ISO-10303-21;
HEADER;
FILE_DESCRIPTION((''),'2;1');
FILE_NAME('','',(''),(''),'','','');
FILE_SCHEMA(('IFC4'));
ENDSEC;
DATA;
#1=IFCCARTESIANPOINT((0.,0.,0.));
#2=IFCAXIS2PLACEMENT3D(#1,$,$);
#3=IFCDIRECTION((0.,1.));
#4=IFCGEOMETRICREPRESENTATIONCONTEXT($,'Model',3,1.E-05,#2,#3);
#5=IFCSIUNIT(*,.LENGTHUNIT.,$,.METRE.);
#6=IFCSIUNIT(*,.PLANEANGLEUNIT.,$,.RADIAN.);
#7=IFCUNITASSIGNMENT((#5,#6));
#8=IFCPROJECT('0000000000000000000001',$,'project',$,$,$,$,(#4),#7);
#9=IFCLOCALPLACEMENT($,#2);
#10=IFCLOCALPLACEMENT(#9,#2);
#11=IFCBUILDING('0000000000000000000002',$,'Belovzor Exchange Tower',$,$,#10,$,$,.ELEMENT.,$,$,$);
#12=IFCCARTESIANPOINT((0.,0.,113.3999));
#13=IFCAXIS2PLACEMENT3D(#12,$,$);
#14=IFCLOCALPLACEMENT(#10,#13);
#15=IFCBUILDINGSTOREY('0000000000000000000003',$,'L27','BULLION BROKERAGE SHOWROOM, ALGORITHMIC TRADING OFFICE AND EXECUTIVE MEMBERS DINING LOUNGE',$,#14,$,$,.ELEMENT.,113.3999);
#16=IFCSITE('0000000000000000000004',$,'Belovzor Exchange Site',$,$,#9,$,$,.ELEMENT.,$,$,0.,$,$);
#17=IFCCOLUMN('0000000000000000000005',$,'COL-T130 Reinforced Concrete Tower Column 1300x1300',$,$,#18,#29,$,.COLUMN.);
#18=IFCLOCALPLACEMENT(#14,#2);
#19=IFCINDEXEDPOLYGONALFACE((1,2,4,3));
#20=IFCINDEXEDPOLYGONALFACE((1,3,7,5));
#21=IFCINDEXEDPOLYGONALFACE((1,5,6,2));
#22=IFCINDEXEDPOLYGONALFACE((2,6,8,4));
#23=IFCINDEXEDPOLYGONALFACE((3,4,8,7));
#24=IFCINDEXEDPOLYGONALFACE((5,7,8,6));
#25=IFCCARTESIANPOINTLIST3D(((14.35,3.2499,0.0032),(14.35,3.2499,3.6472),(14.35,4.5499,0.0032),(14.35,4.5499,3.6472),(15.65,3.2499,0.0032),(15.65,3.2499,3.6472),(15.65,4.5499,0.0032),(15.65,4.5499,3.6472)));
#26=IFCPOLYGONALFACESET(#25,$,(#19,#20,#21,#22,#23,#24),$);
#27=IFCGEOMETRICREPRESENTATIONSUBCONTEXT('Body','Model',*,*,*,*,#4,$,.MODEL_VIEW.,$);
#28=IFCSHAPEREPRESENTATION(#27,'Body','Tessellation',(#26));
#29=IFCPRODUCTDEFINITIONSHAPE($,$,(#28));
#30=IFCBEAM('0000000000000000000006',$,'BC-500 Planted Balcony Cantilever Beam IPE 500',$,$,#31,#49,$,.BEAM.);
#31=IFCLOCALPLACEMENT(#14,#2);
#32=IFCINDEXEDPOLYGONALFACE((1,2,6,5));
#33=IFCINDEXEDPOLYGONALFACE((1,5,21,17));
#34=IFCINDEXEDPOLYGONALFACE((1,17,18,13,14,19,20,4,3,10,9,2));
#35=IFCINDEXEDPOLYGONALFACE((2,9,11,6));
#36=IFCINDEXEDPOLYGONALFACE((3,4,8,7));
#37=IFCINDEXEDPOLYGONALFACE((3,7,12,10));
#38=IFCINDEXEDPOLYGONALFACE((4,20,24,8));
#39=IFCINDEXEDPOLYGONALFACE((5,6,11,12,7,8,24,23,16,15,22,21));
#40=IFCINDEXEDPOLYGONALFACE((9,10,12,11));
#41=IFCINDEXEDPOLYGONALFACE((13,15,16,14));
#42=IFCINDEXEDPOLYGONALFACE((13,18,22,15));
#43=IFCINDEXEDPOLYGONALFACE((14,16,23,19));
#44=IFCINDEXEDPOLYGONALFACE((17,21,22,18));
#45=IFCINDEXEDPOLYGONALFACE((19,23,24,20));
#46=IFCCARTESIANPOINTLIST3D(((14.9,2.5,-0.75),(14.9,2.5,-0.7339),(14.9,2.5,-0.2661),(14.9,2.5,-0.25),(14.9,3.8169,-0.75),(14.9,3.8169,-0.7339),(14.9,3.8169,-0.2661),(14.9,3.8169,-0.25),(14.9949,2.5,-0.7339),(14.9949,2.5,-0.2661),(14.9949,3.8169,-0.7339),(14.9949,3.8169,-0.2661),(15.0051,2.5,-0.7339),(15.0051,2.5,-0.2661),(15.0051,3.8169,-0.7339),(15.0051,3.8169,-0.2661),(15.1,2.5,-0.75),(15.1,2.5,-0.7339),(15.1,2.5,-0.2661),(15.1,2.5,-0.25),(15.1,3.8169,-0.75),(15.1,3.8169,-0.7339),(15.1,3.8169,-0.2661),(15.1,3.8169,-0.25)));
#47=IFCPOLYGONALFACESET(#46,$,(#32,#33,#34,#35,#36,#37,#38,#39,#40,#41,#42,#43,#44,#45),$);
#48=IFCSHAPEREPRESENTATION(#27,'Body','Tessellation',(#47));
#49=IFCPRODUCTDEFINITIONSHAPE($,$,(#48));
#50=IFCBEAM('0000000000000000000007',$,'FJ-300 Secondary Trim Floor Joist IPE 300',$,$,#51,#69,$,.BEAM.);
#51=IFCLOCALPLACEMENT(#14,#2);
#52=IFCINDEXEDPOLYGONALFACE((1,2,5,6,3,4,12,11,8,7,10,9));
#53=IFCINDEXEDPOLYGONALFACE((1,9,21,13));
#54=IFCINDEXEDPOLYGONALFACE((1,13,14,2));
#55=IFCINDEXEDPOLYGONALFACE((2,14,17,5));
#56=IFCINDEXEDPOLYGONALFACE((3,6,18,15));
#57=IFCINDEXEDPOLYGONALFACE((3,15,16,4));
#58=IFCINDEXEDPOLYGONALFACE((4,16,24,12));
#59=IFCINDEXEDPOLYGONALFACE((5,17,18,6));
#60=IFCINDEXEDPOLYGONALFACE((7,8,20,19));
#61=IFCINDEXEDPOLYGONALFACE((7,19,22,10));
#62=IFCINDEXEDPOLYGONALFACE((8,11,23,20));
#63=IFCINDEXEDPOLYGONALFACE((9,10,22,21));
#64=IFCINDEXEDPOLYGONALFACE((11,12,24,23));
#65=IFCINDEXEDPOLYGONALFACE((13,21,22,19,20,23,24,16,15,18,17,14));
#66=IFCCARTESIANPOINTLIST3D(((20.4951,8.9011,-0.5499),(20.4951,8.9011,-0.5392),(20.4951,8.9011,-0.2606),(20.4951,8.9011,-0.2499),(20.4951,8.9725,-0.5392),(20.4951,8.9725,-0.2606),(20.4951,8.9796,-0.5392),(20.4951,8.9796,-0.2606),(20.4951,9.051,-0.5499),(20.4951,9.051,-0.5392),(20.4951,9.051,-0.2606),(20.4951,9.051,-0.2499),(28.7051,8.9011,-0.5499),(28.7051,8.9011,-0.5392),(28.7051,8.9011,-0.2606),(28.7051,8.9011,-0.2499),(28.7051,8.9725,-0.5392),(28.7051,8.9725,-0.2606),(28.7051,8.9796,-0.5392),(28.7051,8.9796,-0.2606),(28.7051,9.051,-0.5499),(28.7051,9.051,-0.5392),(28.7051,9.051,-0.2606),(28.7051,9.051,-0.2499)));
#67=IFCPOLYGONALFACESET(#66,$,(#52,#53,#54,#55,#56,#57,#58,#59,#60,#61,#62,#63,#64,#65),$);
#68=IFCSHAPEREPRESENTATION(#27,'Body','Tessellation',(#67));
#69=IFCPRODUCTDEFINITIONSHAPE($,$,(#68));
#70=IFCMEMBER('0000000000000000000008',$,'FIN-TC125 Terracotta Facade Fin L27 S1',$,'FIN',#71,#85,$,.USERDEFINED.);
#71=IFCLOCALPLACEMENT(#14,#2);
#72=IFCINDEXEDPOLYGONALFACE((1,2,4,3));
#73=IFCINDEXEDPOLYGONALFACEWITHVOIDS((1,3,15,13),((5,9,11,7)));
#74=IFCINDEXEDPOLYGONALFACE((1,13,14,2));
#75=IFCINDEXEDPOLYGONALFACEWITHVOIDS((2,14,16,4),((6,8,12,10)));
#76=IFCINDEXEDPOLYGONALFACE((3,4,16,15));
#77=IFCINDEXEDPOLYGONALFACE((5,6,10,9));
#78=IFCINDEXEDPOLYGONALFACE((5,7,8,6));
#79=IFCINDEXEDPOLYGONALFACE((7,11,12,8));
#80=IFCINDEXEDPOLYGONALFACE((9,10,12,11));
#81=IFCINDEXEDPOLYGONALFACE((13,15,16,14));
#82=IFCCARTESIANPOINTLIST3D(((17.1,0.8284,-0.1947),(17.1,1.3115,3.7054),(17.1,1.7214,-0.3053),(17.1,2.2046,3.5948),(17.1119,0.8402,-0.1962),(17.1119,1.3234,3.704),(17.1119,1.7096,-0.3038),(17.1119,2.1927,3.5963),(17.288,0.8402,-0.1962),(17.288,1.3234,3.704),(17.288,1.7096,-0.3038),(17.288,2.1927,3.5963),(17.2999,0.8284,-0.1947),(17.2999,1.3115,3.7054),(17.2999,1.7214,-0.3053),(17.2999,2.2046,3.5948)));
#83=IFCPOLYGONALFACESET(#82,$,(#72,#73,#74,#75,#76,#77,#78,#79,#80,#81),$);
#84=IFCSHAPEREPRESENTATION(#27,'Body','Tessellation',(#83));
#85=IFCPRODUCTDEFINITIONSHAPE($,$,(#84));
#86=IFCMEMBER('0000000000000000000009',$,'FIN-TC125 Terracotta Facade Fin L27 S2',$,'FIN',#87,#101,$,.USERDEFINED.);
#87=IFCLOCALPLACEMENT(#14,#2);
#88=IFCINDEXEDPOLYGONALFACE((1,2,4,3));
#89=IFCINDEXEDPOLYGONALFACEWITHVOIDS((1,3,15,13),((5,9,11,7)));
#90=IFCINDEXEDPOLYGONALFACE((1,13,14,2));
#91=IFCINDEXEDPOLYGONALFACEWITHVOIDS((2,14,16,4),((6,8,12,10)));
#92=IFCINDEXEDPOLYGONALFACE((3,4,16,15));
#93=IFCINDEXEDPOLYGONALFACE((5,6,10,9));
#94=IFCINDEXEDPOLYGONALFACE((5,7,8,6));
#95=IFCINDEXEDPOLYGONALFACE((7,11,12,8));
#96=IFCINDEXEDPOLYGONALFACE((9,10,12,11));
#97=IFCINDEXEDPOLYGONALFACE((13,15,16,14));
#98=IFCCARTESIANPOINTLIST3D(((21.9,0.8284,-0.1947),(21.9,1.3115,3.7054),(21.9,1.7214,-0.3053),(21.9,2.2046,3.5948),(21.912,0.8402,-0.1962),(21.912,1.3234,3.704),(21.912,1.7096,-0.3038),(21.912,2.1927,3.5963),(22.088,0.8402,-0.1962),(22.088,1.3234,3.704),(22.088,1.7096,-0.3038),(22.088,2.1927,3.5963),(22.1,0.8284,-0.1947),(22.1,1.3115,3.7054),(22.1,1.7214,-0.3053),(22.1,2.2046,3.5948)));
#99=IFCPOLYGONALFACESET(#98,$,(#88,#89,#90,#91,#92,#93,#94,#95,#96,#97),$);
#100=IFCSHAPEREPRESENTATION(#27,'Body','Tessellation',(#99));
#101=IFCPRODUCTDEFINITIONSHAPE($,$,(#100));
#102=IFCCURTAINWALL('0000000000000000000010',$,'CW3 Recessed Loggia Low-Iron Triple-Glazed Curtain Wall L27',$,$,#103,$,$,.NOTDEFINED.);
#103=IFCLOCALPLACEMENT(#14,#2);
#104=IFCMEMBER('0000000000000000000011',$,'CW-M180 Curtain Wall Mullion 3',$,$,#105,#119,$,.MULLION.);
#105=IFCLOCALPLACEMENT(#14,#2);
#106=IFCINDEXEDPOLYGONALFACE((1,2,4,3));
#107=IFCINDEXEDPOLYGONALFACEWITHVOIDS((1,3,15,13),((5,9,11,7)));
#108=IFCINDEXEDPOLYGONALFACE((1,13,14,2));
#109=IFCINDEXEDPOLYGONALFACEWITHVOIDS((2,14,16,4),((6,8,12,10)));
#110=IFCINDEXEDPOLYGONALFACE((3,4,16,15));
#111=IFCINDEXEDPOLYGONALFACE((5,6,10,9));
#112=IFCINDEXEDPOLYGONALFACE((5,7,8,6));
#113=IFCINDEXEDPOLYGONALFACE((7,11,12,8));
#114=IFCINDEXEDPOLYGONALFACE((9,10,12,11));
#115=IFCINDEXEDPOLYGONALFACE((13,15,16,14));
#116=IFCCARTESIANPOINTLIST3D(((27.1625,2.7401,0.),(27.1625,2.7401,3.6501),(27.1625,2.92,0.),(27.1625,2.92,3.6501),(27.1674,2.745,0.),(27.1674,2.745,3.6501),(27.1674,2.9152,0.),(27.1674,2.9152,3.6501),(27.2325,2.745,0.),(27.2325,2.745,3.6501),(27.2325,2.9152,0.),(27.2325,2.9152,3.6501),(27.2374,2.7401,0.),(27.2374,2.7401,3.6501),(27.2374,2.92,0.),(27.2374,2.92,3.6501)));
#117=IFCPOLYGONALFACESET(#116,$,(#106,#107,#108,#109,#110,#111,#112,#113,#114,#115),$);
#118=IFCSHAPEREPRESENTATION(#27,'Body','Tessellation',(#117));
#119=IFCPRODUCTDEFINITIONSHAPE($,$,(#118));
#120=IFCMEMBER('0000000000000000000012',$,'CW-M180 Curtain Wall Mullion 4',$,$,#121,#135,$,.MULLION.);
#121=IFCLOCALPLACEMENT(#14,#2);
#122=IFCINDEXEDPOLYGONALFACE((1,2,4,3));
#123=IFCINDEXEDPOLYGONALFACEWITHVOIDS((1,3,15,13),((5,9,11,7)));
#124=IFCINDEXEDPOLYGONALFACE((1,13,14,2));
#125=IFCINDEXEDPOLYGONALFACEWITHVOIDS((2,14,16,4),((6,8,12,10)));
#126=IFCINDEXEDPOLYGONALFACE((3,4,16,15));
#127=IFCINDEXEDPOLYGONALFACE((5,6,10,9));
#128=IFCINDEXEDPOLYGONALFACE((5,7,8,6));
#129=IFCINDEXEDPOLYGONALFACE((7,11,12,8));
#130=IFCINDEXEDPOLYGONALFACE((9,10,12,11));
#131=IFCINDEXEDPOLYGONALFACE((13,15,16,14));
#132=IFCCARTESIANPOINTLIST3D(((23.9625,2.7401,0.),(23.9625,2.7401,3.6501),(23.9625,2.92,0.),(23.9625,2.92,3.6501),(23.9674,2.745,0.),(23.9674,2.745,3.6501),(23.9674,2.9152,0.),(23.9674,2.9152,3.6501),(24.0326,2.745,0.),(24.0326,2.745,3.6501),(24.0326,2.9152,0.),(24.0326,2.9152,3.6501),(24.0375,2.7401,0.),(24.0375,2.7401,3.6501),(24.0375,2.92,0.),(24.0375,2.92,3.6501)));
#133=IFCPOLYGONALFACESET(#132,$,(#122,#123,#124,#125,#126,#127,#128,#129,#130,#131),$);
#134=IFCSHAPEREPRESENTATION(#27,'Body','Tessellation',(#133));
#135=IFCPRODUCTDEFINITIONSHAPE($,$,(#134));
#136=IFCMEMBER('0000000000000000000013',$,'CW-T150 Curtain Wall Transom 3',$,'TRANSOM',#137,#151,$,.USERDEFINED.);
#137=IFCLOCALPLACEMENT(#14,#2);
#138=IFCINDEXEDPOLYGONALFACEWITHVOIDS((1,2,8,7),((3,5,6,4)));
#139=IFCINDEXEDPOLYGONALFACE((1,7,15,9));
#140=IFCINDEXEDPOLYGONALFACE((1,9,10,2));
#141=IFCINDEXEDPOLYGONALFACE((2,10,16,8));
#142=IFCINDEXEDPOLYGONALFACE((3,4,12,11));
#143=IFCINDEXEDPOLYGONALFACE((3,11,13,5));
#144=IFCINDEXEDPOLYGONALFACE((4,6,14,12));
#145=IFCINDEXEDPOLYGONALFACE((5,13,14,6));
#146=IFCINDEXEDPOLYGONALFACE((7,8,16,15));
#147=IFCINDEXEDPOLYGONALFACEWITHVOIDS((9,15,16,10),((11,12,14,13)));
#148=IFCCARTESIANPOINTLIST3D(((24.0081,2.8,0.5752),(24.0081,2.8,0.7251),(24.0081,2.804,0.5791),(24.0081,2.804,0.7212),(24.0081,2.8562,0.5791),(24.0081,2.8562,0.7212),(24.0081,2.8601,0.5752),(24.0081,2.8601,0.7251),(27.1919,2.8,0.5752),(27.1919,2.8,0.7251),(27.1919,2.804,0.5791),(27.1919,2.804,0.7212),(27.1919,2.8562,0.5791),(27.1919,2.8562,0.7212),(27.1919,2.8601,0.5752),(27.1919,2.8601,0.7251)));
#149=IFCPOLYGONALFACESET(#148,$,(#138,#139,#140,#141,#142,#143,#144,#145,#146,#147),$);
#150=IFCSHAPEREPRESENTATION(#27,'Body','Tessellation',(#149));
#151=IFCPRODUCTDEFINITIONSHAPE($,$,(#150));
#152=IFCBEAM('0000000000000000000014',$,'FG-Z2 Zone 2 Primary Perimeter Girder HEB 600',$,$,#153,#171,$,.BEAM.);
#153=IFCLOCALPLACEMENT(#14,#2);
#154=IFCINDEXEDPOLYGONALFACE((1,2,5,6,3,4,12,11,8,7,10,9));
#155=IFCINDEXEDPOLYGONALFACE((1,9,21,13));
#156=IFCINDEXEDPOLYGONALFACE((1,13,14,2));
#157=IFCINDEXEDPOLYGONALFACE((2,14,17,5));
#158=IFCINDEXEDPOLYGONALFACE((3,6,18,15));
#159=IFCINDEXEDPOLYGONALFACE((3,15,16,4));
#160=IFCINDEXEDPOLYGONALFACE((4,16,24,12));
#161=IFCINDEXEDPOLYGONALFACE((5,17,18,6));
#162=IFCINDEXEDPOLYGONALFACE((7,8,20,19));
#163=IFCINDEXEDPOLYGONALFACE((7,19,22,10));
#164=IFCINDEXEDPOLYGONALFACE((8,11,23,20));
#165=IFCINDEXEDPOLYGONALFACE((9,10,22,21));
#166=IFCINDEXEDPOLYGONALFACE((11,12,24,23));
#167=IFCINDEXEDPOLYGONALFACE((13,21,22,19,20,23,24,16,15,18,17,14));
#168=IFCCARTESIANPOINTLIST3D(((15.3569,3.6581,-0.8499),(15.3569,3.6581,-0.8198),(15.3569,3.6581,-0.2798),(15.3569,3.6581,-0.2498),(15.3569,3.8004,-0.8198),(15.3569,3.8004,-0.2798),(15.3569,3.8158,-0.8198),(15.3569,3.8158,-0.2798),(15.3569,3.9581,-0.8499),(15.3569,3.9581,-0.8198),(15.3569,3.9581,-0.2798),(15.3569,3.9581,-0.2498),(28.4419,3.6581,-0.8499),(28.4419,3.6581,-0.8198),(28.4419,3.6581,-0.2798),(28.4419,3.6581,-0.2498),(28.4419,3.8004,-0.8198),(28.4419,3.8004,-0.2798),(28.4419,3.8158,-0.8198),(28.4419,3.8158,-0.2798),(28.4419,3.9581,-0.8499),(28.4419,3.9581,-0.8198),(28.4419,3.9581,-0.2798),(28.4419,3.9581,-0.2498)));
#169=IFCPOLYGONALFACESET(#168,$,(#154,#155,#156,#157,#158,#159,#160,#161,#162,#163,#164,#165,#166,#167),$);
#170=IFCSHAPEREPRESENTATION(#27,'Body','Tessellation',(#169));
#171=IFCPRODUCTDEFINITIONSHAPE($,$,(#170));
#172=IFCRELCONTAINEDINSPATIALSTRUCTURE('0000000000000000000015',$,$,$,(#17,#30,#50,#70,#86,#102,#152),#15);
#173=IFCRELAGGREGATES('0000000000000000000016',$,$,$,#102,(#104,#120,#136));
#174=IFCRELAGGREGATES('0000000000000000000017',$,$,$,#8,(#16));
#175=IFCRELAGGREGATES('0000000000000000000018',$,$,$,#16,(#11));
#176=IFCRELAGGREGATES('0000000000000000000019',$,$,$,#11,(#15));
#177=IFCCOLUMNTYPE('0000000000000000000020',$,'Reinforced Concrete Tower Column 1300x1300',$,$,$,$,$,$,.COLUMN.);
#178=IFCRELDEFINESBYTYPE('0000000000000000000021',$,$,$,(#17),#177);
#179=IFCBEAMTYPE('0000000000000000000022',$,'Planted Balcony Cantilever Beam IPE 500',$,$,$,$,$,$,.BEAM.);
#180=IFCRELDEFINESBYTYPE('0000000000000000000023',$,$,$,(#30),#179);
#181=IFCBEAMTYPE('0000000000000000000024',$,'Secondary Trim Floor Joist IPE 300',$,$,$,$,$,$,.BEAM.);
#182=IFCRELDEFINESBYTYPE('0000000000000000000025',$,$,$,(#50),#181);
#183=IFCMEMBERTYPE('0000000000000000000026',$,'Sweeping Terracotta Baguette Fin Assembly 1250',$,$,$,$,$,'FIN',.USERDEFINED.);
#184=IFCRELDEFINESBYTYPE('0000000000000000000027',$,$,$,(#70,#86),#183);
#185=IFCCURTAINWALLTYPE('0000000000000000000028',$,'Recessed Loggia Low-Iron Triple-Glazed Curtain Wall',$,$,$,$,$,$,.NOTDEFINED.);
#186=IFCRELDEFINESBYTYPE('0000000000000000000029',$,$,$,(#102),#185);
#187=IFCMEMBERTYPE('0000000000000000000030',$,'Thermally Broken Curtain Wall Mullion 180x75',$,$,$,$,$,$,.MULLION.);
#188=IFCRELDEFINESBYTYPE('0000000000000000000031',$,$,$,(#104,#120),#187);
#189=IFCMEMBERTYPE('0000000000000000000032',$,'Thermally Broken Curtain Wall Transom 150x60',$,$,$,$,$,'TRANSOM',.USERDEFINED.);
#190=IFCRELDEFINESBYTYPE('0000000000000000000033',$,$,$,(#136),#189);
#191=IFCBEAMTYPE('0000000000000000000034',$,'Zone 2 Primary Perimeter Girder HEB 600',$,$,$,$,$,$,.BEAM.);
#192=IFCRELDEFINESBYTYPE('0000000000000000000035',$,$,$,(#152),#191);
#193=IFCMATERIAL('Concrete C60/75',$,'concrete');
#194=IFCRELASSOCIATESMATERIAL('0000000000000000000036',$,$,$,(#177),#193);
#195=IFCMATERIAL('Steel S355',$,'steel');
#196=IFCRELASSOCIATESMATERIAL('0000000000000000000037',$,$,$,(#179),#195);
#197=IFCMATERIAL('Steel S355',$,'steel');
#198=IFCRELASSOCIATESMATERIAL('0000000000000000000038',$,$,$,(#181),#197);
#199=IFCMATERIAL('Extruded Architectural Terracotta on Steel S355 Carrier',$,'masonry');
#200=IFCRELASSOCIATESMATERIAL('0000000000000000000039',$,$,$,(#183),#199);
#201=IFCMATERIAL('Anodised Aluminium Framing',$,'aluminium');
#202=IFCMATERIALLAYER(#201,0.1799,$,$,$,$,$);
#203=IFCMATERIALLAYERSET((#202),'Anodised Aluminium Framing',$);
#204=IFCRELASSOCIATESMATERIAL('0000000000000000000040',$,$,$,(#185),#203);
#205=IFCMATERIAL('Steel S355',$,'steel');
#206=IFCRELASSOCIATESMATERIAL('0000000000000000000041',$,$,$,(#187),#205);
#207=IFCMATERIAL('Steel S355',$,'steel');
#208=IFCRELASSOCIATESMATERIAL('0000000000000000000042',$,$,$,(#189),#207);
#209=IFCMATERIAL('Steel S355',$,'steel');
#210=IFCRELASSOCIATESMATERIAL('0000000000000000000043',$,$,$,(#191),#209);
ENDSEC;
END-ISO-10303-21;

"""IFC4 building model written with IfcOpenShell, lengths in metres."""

from ifc_helpers import new_model, si_unit, direction, frame, origin, origin_2d, place, context, subcontext, project, spatial, rectangle, hollow_rectangle, i_section, extrude, material, layer, layer_set, material_profile, profile_set, type_object, element, aggregate, save


model = new_model("IFC4")

# Units and contexts
model_context = context("Model", 3, precision=1e-05, world=origin(), true_north=direction((0.0, 1.0)))
body_context = subcontext(model_context, "Body", "Model", "MODEL_VIEW")
ifc_project = project(units=[si_unit("LENGTHUNIT", "METRE"), si_unit("PLANEANGLEUNIT", "RADIAN")], contexts=[model_context])

# Site, building, storey
site_placement = place(None, origin())
site = spatial("IfcSite", under=ifc_project, at=site_placement, Name="Belovzor Exchange Site", CompositionType="ELEMENT", RefElevation=0.0)
building_placement = place(site_placement, origin())
building = spatial("IfcBuilding", under=site, at=building_placement, Name="Belovzor Exchange Tower", CompositionType="ELEMENT")
storey_placement = place(building_placement, frame((0.0, 0.0, 113.3999)))
storey = spatial("IfcBuildingStorey", under=building, at=storey_placement, Name="L27", Description="BULLION BROKERAGE SHOWROOM, ALGORITHMIC TRADING OFFICE AND EXECUTIVE MEMBERS DINING LOUNGE", CompositionType="ELEMENT", Elevation=113.3999)

# Column
ifc_material_1 = material(Name="Concrete C60/75", Category="concrete")
ifc_material_profile_1 = material_profile(ifc_material_1, rectangle(XDim=1.3, YDim=1.3, at=origin_2d()))
ifc_profile_set_1 = profile_set([ifc_material_profile_1], Name="Concrete C60/75")
column_type = type_object("IfcColumnType", Name="Reinforced Concrete Tower Column 1300x1300", PredefinedType="COLUMN", material=ifc_profile_set_1)
column_placement = place(storey_placement, frame((15.0, 3.8999, 0.0032), z_axis=(0.0, 0.0, 1.0), x_axis=(1.0, 0.0, 0.0)))
element("IfcColumn", 1, at=column_placement, inside=storey, type_object=column_type, Name="COL-T130 Reinforced Concrete Tower Column 1300x1300", PredefinedType="COLUMN", context=body_context, shape_type="SweptSolid", body=[
    extrude(rectangle(XDim=1.3, YDim=1.3, at=origin_2d()), origin(), (0.0, 0.0, 1.0), 3.644),
])

# Beams
ifc_material_2 = material(Name="Steel S355", Category="steel")
ifc_material_profile_2 = material_profile(ifc_material_2, i_section(OverallWidth=0.2, OverallDepth=0.5, WebThickness=0.0103, FlangeThickness=0.0161, at=origin_2d()))
ifc_profile_set_2 = profile_set([ifc_material_profile_2], Name="Steel S355")
beam_type_1 = type_object("IfcBeamType", Name="Planted Balcony Cantilever Beam IPE 500", PredefinedType="BEAM", material=ifc_profile_set_2)
beam_1_placement = place(storey_placement, frame((15.0, 3.8169, -0.5), z_axis=(0.0, -1.0, 0.0), x_axis=(1.0, 0.0, 0.0)))
element("IfcBeam", 2, at=beam_1_placement, inside=storey, type_object=beam_type_1, Name="BC-500 Planted Balcony Cantilever Beam IPE 500", PredefinedType="BEAM", context=body_context, shape_type="SweptSolid", body=[
    extrude(i_section(OverallWidth=0.2, OverallDepth=0.5, WebThickness=0.0103, FlangeThickness=0.0161, at=origin_2d()), origin(), (0.0, 0.0, 1.0), 1.3169),
])
ifc_material_3 = material(Name="Steel S355", Category="steel")
ifc_material_profile_3 = material_profile(ifc_material_3, i_section(OverallWidth=0.1499, OverallDepth=0.3, WebThickness=0.0071, FlangeThickness=0.0107, at=origin_2d()))
ifc_profile_set_3 = profile_set([ifc_material_profile_3], Name="Steel S355")
beam_type_2 = type_object("IfcBeamType", Name="Secondary Trim Floor Joist IPE 300", PredefinedType="BEAM", material=ifc_profile_set_3)
beam_2_placement = place(storey_placement, frame((20.4951, 8.9761, -0.3999), z_axis=(1.0, 0.0, 0.0), x_axis=(0.0, 1.0, 0.0)))
element("IfcBeam", 3, at=beam_2_placement, inside=storey, type_object=beam_type_2, Name="FJ-300 Secondary Trim Floor Joist IPE 300", PredefinedType="BEAM", context=body_context, shape_type="SweptSolid", body=[
    extrude(i_section(OverallWidth=0.1499, OverallDepth=0.3, WebThickness=0.0071, FlangeThickness=0.0107, at=origin_2d()), origin(), (0.0, 0.0, 1.0), 8.21),
])

# Members
ifc_material_4 = material(Name="Extruded Architectural Terracotta on Steel S355 Carrier", Category="masonry")
ifc_material_profile_4 = material_profile(ifc_material_4, hollow_rectangle(XDim=0.2, YDim=0.8999, WallThickness=0.012, at=origin_2d()))
ifc_profile_set_4 = profile_set([ifc_material_profile_4], Name="Extruded Architectural Terracotta on Steel S355 Carrier")
member_type_1 = type_object("IfcMemberType", Name="Sweeping Terracotta Baguette Fin Assembly 1250", ElementType="FIN", PredefinedType="USERDEFINED", material=ifc_profile_set_4)
for number, where, z_axis, x_axis, name in (
    (4, (17.2, 1.2749, -0.25), (0.0, 0.122941, 0.992414), (-1.0, 0.0, 0.0), "FIN-TC125 Terracotta Facade Fin L27 S1"),
    (5, (22.0, 1.2749, -0.25), (0.0, 0.122941, 0.992414), (-1.0, 0.0, 0.0), "FIN-TC125 Terracotta Facade Fin L27 S2"),
):
    element("IfcMember", number, at=place(storey_placement, frame(where, z_axis=z_axis, x_axis=x_axis)), inside=storey, type_object=member_type_1, Name=name, ObjectType="FIN", PredefinedType="USERDEFINED", context=body_context, shape_type="SweptSolid", body=[
        extrude(hollow_rectangle(XDim=0.2, YDim=0.8999, WallThickness=0.012, at=origin_2d()), origin(), (0.0, 0.0, 1.0), 3.9299),
    ])

# Curtain wall, members
ifc_material_5 = material(Name="Anodised Aluminium Framing", Category="aluminium")
ifc_layer_1 = layer(ifc_material_5, 0.1799)
ifc_layer_set_1 = layer_set([ifc_layer_1], Name="Anodised Aluminium Framing")
curtain_wall_type = type_object("IfcCurtainWallType", Name="Recessed Loggia Low-Iron Triple-Glazed Curtain Wall", PredefinedType="NOTDEFINED", material=ifc_layer_set_1)
curtain_wall_placement = place(storey_placement, origin())
curtain_wall = element("IfcCurtainWall", 6, at=curtain_wall_placement, inside=storey, type_object=curtain_wall_type, Name="CW3 Recessed Loggia Low-Iron Triple-Glazed Curtain Wall L27", PredefinedType="NOTDEFINED")
ifc_material_6 = material(Name="Steel S355", Category="steel")
ifc_material_profile_5 = material_profile(ifc_material_6, hollow_rectangle(XDim=0.075, YDim=0.1799, WallThickness=0.0049, at=origin_2d()))
ifc_profile_set_5 = profile_set([ifc_material_profile_5], Name="Steel S355")
member_type_2 = type_object("IfcMemberType", Name="Thermally Broken Curtain Wall Mullion 180x75", PredefinedType="MULLION", material=ifc_profile_set_5)
member_1_placement = place(storey_placement, frame((27.2, 2.8301, 0.0), z_axis=(0.0, 0.0, 1.0), x_axis=(-1.0, 0.0, 0.0)))
member_1 = element("IfcMember", 7, at=member_1_placement, type_object=member_type_2, Name="CW-M180 Curtain Wall Mullion 3", PredefinedType="MULLION", context=body_context, shape_type="SweptSolid", body=[
    extrude(hollow_rectangle(XDim=0.075, YDim=0.1799, WallThickness=0.0049, at=origin_2d()), origin(), (0.0, 0.0, 1.0), 3.6501),
])
member_2_placement = place(storey_placement, frame((24.0, 2.8301, 0.0), z_axis=(0.0, 0.0, 1.0), x_axis=(-1.0, 0.0, 0.0)))
member_2 = element("IfcMember", 8, at=member_2_placement, type_object=member_type_2, Name="CW-M180 Curtain Wall Mullion 4", PredefinedType="MULLION", context=body_context, shape_type="SweptSolid", body=[
    extrude(hollow_rectangle(XDim=0.075, YDim=0.1799, WallThickness=0.0049, at=origin_2d()), origin(), (0.0, 0.0, 1.0), 3.6501),
])
ifc_material_7 = material(Name="Steel S355", Category="steel")
ifc_material_profile_6 = material_profile(ifc_material_7, hollow_rectangle(XDim=0.0601, YDim=0.1499, WallThickness=0.0039, at=origin_2d()))
ifc_profile_set_6 = profile_set([ifc_material_profile_6], Name="Steel S355")
member_type_3 = type_object("IfcMemberType", Name="Thermally Broken Curtain Wall Transom 150x60", ElementType="TRANSOM", PredefinedType="USERDEFINED", material=ifc_profile_set_6)
member_3_placement = place(storey_placement, frame((27.1919, 2.8301, 0.6501), z_axis=(-1.0, 0.0, 0.0), x_axis=(0.0, -1.0, 0.0)))
member_3 = element("IfcMember", 9, at=member_3_placement, type_object=member_type_3, Name="CW-T150 Curtain Wall Transom 3", ObjectType="TRANSOM", PredefinedType="USERDEFINED", context=body_context, shape_type="SweptSolid", body=[
    extrude(hollow_rectangle(XDim=0.0601, YDim=0.1499, WallThickness=0.0039, at=origin_2d()), origin(), (0.0, 0.0, 1.0), 3.1838),
])

# Beam
ifc_material_8 = material(Name="Steel S355", Category="steel")
ifc_material_profile_7 = material_profile(ifc_material_8, i_section(OverallWidth=0.3, OverallDepth=0.6001, WebThickness=0.0154, FlangeThickness=0.03, at=origin_2d()))
ifc_profile_set_7 = profile_set([ifc_material_profile_7], Name="Steel S355")
beam_type_3 = type_object("IfcBeamType", Name="Zone 2 Primary Perimeter Girder HEB 600", PredefinedType="BEAM", material=ifc_profile_set_7)
beam_3_placement = place(storey_placement, frame((15.3569, 3.8081, -0.5498), z_axis=(1.0, 0.0, 0.0), x_axis=(0.0, 1.0, 0.0)))
element("IfcBeam", 10, at=beam_3_placement, inside=storey, type_object=beam_type_3, Name="FG-Z2 Zone 2 Primary Perimeter Girder HEB 600", PredefinedType="BEAM", context=body_context, shape_type="SweptSolid", body=[
    extrude(i_section(OverallWidth=0.3, OverallDepth=0.6001, WebThickness=0.0154, FlangeThickness=0.03, at=origin_2d()), origin(), (0.0, 0.0, 1.0), 13.085),
])

aggregate(curtain_wall, [member_1, member_2, member_3])

save(model, "model.ifc")
